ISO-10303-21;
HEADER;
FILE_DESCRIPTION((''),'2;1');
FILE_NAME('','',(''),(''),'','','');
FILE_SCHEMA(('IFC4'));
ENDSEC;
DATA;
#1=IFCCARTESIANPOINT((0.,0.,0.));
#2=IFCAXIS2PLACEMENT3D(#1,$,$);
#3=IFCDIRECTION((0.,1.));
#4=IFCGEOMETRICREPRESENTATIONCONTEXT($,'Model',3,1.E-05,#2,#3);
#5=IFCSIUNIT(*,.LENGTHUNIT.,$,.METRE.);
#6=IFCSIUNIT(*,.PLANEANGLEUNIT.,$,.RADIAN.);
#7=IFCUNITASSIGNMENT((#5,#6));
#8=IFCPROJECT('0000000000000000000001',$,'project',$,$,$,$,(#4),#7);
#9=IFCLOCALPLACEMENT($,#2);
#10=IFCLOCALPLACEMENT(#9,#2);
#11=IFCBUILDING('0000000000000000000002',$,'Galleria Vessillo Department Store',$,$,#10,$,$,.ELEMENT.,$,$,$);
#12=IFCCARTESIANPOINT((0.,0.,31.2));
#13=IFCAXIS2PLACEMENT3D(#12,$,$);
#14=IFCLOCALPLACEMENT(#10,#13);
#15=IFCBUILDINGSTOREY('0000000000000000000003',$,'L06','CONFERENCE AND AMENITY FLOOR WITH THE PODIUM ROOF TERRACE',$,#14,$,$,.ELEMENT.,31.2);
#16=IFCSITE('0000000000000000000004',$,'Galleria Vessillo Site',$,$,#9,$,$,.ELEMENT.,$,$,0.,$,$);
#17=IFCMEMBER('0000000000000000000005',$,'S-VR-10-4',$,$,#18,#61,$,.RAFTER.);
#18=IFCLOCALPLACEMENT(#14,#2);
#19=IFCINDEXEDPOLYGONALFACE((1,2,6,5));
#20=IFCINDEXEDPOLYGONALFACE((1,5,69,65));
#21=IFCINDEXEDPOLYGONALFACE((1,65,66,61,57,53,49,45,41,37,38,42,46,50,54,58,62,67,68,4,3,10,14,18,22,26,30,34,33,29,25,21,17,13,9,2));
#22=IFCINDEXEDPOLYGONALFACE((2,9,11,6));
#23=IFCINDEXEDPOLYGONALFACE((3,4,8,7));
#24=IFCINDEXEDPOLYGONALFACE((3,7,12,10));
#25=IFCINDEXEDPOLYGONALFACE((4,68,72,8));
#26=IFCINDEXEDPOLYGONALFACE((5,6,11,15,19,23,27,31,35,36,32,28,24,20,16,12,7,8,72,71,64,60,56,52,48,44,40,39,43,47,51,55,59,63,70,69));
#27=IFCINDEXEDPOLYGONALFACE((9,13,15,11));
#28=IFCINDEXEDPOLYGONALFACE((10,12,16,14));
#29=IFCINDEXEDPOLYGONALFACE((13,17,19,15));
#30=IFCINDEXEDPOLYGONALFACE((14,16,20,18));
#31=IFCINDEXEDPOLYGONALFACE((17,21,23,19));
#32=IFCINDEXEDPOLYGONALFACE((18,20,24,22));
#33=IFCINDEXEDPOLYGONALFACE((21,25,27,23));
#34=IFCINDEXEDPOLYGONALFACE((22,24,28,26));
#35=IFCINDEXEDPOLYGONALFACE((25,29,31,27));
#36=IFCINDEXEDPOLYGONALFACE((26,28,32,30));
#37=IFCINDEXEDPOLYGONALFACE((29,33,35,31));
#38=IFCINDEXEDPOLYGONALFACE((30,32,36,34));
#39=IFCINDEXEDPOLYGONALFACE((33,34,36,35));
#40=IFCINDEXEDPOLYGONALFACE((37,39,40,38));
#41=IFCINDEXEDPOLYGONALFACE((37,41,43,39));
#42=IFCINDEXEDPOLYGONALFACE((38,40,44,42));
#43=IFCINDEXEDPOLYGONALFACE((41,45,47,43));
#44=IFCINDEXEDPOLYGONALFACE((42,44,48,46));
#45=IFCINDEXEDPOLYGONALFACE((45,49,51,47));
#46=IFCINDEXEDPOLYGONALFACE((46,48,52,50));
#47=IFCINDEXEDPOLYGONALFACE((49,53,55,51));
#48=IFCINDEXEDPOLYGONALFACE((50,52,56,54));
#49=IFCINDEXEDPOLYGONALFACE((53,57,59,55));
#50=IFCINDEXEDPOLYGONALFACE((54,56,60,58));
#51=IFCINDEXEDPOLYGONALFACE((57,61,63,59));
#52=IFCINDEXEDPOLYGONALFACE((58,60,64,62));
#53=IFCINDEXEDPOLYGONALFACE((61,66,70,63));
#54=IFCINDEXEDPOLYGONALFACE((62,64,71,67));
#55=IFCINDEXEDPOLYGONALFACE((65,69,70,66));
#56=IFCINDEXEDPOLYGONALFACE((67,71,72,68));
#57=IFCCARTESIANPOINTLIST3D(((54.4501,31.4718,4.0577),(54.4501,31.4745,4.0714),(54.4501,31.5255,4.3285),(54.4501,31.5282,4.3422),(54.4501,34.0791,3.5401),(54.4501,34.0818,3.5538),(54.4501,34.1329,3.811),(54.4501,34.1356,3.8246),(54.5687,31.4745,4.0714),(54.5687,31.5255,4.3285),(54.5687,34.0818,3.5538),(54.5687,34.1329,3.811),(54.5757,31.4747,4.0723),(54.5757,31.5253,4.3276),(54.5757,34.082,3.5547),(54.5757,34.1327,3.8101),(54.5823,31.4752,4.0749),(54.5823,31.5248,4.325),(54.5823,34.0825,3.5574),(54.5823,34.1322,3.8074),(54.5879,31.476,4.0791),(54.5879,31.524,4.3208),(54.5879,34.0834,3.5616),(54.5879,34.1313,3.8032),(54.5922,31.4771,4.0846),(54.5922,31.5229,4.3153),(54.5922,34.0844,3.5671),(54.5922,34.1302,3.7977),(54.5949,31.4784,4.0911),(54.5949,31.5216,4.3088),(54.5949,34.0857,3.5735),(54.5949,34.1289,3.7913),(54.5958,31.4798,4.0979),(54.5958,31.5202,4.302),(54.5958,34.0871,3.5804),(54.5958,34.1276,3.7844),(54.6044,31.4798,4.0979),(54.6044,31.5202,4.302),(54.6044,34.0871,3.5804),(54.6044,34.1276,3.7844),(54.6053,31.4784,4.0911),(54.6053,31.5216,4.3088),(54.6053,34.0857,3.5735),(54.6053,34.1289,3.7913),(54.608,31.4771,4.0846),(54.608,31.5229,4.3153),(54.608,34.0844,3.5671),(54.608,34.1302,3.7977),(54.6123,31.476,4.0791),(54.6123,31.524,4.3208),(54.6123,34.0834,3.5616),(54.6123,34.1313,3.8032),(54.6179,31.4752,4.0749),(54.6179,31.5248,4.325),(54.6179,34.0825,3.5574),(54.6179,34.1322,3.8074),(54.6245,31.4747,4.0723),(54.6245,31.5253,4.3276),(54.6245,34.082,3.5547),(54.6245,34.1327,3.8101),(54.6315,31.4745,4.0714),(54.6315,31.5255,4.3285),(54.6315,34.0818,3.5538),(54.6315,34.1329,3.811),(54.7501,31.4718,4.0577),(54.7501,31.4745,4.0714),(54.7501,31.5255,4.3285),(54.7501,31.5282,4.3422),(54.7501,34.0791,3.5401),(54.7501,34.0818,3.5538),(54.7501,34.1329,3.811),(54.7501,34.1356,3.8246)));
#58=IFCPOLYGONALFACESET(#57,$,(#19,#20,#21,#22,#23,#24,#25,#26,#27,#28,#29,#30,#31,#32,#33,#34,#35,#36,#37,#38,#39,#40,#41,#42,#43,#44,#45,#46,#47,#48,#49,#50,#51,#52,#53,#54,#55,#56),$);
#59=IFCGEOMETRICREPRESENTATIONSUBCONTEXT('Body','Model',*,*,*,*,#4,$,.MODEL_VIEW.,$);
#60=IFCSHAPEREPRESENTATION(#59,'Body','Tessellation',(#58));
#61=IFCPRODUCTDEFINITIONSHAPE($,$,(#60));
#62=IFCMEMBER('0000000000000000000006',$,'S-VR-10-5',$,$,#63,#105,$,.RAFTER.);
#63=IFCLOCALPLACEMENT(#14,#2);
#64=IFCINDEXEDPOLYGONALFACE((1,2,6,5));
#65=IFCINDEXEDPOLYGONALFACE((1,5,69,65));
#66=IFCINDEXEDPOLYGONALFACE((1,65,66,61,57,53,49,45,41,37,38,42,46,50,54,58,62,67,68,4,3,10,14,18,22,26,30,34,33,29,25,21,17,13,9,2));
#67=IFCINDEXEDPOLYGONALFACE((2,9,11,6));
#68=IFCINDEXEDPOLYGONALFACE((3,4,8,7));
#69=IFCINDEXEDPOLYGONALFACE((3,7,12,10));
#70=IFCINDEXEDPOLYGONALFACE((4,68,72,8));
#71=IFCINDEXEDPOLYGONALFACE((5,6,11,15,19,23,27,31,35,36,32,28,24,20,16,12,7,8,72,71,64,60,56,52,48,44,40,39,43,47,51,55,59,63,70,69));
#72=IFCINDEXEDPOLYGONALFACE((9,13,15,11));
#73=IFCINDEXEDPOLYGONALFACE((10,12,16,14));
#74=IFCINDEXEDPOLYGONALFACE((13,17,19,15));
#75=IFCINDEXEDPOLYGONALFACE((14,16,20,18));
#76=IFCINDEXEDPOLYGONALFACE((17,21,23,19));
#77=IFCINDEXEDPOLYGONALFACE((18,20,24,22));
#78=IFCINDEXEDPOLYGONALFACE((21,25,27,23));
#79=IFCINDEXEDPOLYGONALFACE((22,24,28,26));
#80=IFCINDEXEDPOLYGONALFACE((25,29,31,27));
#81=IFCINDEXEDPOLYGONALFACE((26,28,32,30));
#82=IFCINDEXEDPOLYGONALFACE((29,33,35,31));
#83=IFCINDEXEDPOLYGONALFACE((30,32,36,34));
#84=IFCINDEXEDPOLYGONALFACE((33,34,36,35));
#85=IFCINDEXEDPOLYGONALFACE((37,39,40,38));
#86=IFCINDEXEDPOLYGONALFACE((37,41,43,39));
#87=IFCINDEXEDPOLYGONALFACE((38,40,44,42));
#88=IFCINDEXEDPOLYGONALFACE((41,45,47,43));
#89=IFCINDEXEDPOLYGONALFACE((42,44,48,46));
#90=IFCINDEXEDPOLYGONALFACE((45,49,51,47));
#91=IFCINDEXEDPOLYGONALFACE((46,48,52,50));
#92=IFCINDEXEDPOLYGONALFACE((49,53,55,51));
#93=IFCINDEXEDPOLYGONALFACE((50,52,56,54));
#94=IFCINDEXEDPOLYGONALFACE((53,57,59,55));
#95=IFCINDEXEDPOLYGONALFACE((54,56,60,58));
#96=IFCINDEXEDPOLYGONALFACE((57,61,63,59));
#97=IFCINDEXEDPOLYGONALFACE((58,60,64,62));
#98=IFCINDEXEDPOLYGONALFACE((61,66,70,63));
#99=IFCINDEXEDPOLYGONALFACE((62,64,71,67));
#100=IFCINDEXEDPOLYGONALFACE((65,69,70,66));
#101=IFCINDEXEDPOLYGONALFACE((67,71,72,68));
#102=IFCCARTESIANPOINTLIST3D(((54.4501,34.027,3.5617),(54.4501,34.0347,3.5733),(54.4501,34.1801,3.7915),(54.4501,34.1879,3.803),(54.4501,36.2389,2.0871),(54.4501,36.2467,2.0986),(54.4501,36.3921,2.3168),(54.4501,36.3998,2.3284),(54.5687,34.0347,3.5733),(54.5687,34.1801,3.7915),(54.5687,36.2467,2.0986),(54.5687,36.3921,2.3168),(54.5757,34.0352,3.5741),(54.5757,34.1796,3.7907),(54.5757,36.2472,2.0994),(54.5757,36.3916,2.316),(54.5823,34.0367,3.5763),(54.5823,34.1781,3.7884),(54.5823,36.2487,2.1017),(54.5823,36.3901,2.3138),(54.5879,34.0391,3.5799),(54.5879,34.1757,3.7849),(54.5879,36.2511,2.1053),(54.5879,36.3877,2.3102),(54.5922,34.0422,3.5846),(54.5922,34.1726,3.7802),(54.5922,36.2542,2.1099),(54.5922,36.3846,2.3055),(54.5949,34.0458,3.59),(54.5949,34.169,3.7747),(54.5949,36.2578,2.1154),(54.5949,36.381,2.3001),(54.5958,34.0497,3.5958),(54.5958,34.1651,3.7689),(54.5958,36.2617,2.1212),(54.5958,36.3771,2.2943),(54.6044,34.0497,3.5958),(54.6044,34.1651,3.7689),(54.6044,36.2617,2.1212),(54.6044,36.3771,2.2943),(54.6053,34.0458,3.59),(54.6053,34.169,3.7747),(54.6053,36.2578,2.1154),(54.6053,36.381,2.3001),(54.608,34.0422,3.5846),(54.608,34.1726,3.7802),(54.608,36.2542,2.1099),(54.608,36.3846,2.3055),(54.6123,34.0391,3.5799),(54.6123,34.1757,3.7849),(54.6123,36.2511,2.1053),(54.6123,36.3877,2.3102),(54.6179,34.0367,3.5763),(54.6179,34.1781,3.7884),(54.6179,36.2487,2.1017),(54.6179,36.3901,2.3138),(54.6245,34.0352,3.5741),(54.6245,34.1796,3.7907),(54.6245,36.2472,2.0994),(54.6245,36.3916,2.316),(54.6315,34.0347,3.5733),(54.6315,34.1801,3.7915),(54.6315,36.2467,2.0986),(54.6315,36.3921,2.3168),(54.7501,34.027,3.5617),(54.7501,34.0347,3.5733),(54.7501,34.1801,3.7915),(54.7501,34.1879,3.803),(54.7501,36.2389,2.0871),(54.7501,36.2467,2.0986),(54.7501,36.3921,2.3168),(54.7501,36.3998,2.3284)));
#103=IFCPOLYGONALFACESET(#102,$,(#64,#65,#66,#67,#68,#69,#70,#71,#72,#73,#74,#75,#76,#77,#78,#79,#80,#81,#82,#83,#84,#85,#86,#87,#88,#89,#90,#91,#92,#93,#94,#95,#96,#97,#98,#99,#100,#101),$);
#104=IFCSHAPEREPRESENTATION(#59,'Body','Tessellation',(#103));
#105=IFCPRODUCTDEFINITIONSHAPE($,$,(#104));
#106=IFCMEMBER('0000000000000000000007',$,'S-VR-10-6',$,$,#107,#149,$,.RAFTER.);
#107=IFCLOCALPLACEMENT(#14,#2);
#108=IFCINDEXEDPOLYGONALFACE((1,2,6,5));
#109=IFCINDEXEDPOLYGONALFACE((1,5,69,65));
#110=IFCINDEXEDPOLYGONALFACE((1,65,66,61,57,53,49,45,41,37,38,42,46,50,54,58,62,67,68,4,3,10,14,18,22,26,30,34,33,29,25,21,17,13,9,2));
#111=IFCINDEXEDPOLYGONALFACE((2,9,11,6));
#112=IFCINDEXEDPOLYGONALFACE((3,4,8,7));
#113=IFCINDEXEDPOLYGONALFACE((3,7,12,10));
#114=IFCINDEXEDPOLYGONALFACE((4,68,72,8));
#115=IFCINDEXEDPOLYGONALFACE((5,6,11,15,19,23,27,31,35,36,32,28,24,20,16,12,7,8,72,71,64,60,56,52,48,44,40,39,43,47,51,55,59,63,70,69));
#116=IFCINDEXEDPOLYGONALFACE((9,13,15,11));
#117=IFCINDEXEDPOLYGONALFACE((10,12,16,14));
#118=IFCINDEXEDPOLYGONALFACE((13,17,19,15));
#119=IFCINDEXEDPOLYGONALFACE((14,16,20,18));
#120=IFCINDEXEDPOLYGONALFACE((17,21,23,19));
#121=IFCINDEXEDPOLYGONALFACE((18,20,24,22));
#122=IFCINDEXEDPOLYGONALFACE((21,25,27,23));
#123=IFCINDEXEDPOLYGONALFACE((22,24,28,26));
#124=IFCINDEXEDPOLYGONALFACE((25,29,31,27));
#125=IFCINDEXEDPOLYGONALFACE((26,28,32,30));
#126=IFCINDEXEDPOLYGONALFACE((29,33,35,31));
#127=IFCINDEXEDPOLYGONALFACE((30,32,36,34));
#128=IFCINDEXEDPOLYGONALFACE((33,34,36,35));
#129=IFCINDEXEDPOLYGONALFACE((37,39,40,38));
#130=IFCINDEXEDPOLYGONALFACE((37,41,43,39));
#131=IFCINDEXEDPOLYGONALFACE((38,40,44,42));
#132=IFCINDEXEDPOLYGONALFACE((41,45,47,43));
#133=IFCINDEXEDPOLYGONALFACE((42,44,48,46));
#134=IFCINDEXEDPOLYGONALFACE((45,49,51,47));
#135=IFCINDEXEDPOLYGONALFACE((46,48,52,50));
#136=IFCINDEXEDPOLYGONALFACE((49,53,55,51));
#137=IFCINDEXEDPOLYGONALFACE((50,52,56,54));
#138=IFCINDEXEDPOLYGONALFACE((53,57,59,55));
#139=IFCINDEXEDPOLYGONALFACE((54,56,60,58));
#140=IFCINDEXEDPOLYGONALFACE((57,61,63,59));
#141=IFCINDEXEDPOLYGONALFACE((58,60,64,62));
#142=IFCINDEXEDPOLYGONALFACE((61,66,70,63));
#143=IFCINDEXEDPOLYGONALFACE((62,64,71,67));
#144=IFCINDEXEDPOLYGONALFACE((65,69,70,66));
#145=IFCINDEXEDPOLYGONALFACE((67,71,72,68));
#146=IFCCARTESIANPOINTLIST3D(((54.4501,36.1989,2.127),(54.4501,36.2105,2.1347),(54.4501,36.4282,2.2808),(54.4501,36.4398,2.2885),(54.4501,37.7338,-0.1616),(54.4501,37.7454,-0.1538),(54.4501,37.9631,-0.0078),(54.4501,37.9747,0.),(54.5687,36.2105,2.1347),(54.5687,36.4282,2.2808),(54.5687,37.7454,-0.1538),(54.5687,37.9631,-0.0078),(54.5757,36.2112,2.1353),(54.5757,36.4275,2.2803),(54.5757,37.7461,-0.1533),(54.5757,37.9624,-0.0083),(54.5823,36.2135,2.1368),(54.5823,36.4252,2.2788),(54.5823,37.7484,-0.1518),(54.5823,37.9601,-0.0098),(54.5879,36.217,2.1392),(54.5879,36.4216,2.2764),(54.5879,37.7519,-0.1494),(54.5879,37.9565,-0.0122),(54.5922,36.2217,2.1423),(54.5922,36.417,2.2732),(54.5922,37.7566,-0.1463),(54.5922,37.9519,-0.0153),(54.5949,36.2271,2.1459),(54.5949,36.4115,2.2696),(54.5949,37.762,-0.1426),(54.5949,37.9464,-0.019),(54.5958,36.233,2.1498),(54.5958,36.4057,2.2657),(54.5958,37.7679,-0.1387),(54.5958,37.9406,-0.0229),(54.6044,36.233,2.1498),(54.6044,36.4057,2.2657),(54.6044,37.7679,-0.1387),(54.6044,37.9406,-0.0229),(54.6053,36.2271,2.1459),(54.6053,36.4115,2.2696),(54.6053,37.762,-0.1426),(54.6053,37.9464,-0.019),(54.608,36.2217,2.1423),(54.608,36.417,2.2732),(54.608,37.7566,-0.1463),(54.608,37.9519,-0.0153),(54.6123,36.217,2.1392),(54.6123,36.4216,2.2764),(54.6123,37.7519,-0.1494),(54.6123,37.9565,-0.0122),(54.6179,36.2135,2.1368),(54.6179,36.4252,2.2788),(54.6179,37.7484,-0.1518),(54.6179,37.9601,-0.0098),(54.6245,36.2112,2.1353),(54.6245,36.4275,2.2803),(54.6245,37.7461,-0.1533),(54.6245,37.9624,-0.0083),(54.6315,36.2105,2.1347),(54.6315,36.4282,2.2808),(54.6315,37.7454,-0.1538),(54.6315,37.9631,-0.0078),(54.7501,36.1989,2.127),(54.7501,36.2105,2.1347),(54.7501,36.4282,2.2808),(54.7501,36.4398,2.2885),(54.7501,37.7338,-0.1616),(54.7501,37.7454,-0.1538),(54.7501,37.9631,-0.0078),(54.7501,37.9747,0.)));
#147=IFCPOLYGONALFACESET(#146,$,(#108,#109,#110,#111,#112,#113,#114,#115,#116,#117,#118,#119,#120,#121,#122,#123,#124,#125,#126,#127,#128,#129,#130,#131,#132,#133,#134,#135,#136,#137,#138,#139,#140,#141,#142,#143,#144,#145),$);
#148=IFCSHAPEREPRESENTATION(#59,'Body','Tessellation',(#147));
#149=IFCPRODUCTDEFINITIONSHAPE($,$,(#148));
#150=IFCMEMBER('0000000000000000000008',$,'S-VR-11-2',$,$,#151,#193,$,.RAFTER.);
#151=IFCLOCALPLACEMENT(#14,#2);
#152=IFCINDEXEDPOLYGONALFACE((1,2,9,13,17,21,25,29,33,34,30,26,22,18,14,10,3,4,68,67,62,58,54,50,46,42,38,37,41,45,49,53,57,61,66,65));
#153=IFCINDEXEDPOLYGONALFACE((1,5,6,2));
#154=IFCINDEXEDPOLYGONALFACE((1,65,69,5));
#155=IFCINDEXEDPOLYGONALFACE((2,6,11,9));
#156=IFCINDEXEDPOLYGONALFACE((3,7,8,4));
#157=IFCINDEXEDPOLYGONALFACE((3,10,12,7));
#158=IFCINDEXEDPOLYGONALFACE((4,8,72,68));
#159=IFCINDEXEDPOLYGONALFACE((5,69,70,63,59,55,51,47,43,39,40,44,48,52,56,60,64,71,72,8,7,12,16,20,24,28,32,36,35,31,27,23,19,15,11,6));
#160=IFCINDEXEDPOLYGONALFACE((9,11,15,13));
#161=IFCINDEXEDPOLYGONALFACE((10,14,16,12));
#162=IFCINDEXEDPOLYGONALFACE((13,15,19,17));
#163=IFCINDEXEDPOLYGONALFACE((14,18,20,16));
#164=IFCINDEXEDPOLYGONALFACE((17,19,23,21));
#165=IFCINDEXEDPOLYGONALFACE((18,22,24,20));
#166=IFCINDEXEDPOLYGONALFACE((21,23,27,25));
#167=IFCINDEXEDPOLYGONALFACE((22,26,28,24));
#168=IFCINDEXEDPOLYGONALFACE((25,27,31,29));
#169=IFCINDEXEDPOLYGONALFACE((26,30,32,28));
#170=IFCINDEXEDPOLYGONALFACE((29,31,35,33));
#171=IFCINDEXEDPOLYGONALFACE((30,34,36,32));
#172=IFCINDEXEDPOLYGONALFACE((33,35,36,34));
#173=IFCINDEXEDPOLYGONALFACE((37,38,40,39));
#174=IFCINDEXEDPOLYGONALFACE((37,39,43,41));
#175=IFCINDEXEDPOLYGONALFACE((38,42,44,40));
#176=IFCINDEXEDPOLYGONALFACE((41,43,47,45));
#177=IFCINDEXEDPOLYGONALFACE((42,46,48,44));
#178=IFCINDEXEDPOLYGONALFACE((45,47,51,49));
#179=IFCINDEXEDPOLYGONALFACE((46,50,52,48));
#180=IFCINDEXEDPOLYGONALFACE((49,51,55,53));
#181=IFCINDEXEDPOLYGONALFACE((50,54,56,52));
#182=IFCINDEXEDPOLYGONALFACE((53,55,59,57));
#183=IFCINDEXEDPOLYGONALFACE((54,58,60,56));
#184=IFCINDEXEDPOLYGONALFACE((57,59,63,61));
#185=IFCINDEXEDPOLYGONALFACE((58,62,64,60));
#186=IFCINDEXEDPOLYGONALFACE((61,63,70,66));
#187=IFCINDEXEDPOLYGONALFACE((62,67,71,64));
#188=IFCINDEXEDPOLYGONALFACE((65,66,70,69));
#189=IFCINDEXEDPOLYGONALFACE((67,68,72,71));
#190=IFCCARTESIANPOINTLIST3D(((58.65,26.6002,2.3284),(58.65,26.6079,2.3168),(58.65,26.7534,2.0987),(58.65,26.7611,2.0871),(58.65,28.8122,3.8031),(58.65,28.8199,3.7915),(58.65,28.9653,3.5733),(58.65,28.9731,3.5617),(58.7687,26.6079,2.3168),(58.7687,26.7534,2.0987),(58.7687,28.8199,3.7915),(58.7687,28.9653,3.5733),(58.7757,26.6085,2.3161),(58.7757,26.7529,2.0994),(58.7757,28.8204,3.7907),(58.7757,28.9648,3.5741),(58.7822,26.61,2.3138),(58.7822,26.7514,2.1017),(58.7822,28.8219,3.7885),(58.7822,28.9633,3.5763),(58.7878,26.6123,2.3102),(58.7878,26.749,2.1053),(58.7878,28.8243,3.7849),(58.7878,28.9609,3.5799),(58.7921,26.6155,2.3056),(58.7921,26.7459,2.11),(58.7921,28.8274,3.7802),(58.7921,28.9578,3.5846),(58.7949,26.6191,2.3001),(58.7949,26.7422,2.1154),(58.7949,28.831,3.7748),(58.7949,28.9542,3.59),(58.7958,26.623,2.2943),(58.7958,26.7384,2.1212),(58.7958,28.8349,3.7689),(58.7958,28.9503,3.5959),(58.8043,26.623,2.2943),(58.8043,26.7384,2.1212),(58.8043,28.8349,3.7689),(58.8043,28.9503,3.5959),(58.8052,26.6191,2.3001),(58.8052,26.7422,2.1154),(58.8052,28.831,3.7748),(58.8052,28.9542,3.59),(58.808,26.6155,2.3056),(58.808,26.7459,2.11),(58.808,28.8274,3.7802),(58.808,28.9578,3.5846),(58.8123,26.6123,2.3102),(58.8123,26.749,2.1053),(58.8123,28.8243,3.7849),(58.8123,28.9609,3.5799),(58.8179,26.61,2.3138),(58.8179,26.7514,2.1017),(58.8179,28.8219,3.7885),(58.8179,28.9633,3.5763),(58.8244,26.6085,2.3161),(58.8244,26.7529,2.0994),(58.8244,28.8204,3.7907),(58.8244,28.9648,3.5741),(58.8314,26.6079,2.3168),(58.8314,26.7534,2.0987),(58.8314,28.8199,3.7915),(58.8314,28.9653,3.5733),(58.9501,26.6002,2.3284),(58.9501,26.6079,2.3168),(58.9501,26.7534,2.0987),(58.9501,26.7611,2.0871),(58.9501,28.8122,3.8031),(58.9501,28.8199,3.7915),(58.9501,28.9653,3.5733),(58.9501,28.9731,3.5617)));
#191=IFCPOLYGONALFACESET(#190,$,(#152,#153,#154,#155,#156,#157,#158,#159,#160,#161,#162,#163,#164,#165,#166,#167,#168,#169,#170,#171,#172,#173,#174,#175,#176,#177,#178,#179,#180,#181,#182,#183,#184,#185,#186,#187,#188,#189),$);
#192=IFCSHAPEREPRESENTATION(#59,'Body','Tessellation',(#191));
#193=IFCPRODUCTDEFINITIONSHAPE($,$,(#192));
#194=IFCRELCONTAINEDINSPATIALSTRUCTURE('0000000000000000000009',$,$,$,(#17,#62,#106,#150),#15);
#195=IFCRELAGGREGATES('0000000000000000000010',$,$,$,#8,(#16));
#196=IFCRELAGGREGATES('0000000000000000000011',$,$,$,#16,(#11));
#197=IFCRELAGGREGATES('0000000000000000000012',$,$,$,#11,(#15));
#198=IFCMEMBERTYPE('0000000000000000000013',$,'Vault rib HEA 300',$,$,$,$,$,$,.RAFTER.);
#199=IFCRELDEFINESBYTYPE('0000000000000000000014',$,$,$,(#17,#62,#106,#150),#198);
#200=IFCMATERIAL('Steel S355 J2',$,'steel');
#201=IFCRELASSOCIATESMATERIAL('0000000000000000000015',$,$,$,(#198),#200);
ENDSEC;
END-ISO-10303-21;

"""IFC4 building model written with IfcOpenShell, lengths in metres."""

from ifc_helpers import new_model, si_unit, direction, frame, origin, origin_2d, place, context, subcontext, project, spatial, i_section, extrude, material, material_profile, profile_set, type_object, element, save


model = new_model("IFC4")

# Units and contexts
model_context = context("Model", 3, precision=1e-05, world=origin(), true_north=direction((0.0, 1.0)))
body_context = subcontext(model_context, "Body", "Model", "MODEL_VIEW")
ifc_project = project(units=[si_unit("LENGTHUNIT", "METRE"), si_unit("PLANEANGLEUNIT", "RADIAN")], contexts=[model_context])

# Site, building, storey
site_placement = place(None, origin())
site = spatial("IfcSite", under=ifc_project, at=site_placement, Name="Galleria Vessillo Site", CompositionType="ELEMENT", RefElevation=0.0)
building_placement = place(site_placement, origin())
building = spatial("IfcBuilding", under=site, at=building_placement, Name="Galleria Vessillo Department Store", CompositionType="ELEMENT")
storey_placement = place(building_placement, frame((0.0, 0.0, 31.2)))
storey = spatial("IfcBuildingStorey", under=building, at=storey_placement, Name="L06", Description="CONFERENCE AND AMENITY FLOOR WITH THE PODIUM ROOF TERRACE", CompositionType="ELEMENT", Elevation=31.2)

# Members
ifc_material_1 = material(Name="Steel S355 J2", Category="steel")
ifc_material_profile_1 = material_profile(ifc_material_1, i_section(OverallWidth=0.3, OverallDepth=0.29, WebThickness=0.0085, FlangeThickness=0.0139, FilletRadius=0.0271, at=origin_2d()), Name="HEA 300")
ifc_profile_set_1 = profile_set([ifc_material_profile_1], Name="Steel S355 J2")
member_type_1 = type_object("IfcMemberType", Name="Vault rib HEA 300", PredefinedType="RAFTER", material=ifc_profile_set_1)
for number, where, z_axis, x_axis, name in (
    (1, (54.6001, 31.5, 4.2), (0.0, 0.980862, -0.194703), (-1.0, 0.0, 0.0), "S-VR-10-4"),
):
    element("IfcMember", number, at=place(storey_placement, frame(where, z_axis=z_axis, x_axis=x_axis)), inside=storey, type_object=member_type_1, Name=name, PredefinedType="RAFTER", context=body_context, shape_type="SweptSolid", body=[
        extrude(i_section(OverallWidth=0.3, OverallDepth=0.29, WebThickness=0.0085, FlangeThickness=0.0139, FilletRadius=0.0271, at=origin_2d()), origin(), (0.0, 0.0, 1.0), 2.6582),
    ])
member_1_placement = place(storey_placement, frame((54.6001, 34.1074, 3.6824), z_axis=(0.0, 0.83205, -0.5547), x_axis=(-1.0, 0.0, 0.0)))
element("IfcMember", 2, at=member_1_placement, inside=storey, type_object=member_type_1, Name="S-VR-10-5", PredefinedType="RAFTER", context=body_context, shape_type="SweptSolid", body=[
    extrude(i_section(OverallWidth=0.3, OverallDepth=0.29, WebThickness=0.0085, FlangeThickness=0.0139, FilletRadius=0.0271, at=origin_2d()), origin(), (0.0, 0.0, 1.0), 2.6584),
])
member_2_placement = place(storey_placement, frame((54.6001, 36.3193, 2.2078), z_axis=(0.0, 0.557008, -0.830507), x_axis=(-1.0, 0.0, 0.0)))
element("IfcMember", 3, at=member_2_placement, inside=storey, type_object=member_type_1, Name="S-VR-10-6", PredefinedType="RAFTER", context=body_context, shape_type="SweptSolid", body=[
    extrude(i_section(OverallWidth=0.3, OverallDepth=0.29, WebThickness=0.0085, FlangeThickness=0.0139, FilletRadius=0.0271, at=origin_2d()), origin(), (0.0, 0.0, 1.0), 2.7556),
])
member_3_placement = place(storey_placement, frame((58.8, 26.6807, 2.2078), z_axis=(0.0, 0.83205, 0.5547), x_axis=(-1.0, 0.0, 0.0)))
element("IfcMember", 4, at=member_3_placement, inside=storey, type_object=member_type_1, Name="S-VR-11-2", PredefinedType="RAFTER", context=body_context, shape_type="SweptSolid", body=[
    extrude(i_section(OverallWidth=0.3, OverallDepth=0.29, WebThickness=0.0085, FlangeThickness=0.0139, FilletRadius=0.0271, at=origin_2d()), origin(), (0.0, 0.0, 1.0), 2.6584),
])

save(model, "model.ifc")
